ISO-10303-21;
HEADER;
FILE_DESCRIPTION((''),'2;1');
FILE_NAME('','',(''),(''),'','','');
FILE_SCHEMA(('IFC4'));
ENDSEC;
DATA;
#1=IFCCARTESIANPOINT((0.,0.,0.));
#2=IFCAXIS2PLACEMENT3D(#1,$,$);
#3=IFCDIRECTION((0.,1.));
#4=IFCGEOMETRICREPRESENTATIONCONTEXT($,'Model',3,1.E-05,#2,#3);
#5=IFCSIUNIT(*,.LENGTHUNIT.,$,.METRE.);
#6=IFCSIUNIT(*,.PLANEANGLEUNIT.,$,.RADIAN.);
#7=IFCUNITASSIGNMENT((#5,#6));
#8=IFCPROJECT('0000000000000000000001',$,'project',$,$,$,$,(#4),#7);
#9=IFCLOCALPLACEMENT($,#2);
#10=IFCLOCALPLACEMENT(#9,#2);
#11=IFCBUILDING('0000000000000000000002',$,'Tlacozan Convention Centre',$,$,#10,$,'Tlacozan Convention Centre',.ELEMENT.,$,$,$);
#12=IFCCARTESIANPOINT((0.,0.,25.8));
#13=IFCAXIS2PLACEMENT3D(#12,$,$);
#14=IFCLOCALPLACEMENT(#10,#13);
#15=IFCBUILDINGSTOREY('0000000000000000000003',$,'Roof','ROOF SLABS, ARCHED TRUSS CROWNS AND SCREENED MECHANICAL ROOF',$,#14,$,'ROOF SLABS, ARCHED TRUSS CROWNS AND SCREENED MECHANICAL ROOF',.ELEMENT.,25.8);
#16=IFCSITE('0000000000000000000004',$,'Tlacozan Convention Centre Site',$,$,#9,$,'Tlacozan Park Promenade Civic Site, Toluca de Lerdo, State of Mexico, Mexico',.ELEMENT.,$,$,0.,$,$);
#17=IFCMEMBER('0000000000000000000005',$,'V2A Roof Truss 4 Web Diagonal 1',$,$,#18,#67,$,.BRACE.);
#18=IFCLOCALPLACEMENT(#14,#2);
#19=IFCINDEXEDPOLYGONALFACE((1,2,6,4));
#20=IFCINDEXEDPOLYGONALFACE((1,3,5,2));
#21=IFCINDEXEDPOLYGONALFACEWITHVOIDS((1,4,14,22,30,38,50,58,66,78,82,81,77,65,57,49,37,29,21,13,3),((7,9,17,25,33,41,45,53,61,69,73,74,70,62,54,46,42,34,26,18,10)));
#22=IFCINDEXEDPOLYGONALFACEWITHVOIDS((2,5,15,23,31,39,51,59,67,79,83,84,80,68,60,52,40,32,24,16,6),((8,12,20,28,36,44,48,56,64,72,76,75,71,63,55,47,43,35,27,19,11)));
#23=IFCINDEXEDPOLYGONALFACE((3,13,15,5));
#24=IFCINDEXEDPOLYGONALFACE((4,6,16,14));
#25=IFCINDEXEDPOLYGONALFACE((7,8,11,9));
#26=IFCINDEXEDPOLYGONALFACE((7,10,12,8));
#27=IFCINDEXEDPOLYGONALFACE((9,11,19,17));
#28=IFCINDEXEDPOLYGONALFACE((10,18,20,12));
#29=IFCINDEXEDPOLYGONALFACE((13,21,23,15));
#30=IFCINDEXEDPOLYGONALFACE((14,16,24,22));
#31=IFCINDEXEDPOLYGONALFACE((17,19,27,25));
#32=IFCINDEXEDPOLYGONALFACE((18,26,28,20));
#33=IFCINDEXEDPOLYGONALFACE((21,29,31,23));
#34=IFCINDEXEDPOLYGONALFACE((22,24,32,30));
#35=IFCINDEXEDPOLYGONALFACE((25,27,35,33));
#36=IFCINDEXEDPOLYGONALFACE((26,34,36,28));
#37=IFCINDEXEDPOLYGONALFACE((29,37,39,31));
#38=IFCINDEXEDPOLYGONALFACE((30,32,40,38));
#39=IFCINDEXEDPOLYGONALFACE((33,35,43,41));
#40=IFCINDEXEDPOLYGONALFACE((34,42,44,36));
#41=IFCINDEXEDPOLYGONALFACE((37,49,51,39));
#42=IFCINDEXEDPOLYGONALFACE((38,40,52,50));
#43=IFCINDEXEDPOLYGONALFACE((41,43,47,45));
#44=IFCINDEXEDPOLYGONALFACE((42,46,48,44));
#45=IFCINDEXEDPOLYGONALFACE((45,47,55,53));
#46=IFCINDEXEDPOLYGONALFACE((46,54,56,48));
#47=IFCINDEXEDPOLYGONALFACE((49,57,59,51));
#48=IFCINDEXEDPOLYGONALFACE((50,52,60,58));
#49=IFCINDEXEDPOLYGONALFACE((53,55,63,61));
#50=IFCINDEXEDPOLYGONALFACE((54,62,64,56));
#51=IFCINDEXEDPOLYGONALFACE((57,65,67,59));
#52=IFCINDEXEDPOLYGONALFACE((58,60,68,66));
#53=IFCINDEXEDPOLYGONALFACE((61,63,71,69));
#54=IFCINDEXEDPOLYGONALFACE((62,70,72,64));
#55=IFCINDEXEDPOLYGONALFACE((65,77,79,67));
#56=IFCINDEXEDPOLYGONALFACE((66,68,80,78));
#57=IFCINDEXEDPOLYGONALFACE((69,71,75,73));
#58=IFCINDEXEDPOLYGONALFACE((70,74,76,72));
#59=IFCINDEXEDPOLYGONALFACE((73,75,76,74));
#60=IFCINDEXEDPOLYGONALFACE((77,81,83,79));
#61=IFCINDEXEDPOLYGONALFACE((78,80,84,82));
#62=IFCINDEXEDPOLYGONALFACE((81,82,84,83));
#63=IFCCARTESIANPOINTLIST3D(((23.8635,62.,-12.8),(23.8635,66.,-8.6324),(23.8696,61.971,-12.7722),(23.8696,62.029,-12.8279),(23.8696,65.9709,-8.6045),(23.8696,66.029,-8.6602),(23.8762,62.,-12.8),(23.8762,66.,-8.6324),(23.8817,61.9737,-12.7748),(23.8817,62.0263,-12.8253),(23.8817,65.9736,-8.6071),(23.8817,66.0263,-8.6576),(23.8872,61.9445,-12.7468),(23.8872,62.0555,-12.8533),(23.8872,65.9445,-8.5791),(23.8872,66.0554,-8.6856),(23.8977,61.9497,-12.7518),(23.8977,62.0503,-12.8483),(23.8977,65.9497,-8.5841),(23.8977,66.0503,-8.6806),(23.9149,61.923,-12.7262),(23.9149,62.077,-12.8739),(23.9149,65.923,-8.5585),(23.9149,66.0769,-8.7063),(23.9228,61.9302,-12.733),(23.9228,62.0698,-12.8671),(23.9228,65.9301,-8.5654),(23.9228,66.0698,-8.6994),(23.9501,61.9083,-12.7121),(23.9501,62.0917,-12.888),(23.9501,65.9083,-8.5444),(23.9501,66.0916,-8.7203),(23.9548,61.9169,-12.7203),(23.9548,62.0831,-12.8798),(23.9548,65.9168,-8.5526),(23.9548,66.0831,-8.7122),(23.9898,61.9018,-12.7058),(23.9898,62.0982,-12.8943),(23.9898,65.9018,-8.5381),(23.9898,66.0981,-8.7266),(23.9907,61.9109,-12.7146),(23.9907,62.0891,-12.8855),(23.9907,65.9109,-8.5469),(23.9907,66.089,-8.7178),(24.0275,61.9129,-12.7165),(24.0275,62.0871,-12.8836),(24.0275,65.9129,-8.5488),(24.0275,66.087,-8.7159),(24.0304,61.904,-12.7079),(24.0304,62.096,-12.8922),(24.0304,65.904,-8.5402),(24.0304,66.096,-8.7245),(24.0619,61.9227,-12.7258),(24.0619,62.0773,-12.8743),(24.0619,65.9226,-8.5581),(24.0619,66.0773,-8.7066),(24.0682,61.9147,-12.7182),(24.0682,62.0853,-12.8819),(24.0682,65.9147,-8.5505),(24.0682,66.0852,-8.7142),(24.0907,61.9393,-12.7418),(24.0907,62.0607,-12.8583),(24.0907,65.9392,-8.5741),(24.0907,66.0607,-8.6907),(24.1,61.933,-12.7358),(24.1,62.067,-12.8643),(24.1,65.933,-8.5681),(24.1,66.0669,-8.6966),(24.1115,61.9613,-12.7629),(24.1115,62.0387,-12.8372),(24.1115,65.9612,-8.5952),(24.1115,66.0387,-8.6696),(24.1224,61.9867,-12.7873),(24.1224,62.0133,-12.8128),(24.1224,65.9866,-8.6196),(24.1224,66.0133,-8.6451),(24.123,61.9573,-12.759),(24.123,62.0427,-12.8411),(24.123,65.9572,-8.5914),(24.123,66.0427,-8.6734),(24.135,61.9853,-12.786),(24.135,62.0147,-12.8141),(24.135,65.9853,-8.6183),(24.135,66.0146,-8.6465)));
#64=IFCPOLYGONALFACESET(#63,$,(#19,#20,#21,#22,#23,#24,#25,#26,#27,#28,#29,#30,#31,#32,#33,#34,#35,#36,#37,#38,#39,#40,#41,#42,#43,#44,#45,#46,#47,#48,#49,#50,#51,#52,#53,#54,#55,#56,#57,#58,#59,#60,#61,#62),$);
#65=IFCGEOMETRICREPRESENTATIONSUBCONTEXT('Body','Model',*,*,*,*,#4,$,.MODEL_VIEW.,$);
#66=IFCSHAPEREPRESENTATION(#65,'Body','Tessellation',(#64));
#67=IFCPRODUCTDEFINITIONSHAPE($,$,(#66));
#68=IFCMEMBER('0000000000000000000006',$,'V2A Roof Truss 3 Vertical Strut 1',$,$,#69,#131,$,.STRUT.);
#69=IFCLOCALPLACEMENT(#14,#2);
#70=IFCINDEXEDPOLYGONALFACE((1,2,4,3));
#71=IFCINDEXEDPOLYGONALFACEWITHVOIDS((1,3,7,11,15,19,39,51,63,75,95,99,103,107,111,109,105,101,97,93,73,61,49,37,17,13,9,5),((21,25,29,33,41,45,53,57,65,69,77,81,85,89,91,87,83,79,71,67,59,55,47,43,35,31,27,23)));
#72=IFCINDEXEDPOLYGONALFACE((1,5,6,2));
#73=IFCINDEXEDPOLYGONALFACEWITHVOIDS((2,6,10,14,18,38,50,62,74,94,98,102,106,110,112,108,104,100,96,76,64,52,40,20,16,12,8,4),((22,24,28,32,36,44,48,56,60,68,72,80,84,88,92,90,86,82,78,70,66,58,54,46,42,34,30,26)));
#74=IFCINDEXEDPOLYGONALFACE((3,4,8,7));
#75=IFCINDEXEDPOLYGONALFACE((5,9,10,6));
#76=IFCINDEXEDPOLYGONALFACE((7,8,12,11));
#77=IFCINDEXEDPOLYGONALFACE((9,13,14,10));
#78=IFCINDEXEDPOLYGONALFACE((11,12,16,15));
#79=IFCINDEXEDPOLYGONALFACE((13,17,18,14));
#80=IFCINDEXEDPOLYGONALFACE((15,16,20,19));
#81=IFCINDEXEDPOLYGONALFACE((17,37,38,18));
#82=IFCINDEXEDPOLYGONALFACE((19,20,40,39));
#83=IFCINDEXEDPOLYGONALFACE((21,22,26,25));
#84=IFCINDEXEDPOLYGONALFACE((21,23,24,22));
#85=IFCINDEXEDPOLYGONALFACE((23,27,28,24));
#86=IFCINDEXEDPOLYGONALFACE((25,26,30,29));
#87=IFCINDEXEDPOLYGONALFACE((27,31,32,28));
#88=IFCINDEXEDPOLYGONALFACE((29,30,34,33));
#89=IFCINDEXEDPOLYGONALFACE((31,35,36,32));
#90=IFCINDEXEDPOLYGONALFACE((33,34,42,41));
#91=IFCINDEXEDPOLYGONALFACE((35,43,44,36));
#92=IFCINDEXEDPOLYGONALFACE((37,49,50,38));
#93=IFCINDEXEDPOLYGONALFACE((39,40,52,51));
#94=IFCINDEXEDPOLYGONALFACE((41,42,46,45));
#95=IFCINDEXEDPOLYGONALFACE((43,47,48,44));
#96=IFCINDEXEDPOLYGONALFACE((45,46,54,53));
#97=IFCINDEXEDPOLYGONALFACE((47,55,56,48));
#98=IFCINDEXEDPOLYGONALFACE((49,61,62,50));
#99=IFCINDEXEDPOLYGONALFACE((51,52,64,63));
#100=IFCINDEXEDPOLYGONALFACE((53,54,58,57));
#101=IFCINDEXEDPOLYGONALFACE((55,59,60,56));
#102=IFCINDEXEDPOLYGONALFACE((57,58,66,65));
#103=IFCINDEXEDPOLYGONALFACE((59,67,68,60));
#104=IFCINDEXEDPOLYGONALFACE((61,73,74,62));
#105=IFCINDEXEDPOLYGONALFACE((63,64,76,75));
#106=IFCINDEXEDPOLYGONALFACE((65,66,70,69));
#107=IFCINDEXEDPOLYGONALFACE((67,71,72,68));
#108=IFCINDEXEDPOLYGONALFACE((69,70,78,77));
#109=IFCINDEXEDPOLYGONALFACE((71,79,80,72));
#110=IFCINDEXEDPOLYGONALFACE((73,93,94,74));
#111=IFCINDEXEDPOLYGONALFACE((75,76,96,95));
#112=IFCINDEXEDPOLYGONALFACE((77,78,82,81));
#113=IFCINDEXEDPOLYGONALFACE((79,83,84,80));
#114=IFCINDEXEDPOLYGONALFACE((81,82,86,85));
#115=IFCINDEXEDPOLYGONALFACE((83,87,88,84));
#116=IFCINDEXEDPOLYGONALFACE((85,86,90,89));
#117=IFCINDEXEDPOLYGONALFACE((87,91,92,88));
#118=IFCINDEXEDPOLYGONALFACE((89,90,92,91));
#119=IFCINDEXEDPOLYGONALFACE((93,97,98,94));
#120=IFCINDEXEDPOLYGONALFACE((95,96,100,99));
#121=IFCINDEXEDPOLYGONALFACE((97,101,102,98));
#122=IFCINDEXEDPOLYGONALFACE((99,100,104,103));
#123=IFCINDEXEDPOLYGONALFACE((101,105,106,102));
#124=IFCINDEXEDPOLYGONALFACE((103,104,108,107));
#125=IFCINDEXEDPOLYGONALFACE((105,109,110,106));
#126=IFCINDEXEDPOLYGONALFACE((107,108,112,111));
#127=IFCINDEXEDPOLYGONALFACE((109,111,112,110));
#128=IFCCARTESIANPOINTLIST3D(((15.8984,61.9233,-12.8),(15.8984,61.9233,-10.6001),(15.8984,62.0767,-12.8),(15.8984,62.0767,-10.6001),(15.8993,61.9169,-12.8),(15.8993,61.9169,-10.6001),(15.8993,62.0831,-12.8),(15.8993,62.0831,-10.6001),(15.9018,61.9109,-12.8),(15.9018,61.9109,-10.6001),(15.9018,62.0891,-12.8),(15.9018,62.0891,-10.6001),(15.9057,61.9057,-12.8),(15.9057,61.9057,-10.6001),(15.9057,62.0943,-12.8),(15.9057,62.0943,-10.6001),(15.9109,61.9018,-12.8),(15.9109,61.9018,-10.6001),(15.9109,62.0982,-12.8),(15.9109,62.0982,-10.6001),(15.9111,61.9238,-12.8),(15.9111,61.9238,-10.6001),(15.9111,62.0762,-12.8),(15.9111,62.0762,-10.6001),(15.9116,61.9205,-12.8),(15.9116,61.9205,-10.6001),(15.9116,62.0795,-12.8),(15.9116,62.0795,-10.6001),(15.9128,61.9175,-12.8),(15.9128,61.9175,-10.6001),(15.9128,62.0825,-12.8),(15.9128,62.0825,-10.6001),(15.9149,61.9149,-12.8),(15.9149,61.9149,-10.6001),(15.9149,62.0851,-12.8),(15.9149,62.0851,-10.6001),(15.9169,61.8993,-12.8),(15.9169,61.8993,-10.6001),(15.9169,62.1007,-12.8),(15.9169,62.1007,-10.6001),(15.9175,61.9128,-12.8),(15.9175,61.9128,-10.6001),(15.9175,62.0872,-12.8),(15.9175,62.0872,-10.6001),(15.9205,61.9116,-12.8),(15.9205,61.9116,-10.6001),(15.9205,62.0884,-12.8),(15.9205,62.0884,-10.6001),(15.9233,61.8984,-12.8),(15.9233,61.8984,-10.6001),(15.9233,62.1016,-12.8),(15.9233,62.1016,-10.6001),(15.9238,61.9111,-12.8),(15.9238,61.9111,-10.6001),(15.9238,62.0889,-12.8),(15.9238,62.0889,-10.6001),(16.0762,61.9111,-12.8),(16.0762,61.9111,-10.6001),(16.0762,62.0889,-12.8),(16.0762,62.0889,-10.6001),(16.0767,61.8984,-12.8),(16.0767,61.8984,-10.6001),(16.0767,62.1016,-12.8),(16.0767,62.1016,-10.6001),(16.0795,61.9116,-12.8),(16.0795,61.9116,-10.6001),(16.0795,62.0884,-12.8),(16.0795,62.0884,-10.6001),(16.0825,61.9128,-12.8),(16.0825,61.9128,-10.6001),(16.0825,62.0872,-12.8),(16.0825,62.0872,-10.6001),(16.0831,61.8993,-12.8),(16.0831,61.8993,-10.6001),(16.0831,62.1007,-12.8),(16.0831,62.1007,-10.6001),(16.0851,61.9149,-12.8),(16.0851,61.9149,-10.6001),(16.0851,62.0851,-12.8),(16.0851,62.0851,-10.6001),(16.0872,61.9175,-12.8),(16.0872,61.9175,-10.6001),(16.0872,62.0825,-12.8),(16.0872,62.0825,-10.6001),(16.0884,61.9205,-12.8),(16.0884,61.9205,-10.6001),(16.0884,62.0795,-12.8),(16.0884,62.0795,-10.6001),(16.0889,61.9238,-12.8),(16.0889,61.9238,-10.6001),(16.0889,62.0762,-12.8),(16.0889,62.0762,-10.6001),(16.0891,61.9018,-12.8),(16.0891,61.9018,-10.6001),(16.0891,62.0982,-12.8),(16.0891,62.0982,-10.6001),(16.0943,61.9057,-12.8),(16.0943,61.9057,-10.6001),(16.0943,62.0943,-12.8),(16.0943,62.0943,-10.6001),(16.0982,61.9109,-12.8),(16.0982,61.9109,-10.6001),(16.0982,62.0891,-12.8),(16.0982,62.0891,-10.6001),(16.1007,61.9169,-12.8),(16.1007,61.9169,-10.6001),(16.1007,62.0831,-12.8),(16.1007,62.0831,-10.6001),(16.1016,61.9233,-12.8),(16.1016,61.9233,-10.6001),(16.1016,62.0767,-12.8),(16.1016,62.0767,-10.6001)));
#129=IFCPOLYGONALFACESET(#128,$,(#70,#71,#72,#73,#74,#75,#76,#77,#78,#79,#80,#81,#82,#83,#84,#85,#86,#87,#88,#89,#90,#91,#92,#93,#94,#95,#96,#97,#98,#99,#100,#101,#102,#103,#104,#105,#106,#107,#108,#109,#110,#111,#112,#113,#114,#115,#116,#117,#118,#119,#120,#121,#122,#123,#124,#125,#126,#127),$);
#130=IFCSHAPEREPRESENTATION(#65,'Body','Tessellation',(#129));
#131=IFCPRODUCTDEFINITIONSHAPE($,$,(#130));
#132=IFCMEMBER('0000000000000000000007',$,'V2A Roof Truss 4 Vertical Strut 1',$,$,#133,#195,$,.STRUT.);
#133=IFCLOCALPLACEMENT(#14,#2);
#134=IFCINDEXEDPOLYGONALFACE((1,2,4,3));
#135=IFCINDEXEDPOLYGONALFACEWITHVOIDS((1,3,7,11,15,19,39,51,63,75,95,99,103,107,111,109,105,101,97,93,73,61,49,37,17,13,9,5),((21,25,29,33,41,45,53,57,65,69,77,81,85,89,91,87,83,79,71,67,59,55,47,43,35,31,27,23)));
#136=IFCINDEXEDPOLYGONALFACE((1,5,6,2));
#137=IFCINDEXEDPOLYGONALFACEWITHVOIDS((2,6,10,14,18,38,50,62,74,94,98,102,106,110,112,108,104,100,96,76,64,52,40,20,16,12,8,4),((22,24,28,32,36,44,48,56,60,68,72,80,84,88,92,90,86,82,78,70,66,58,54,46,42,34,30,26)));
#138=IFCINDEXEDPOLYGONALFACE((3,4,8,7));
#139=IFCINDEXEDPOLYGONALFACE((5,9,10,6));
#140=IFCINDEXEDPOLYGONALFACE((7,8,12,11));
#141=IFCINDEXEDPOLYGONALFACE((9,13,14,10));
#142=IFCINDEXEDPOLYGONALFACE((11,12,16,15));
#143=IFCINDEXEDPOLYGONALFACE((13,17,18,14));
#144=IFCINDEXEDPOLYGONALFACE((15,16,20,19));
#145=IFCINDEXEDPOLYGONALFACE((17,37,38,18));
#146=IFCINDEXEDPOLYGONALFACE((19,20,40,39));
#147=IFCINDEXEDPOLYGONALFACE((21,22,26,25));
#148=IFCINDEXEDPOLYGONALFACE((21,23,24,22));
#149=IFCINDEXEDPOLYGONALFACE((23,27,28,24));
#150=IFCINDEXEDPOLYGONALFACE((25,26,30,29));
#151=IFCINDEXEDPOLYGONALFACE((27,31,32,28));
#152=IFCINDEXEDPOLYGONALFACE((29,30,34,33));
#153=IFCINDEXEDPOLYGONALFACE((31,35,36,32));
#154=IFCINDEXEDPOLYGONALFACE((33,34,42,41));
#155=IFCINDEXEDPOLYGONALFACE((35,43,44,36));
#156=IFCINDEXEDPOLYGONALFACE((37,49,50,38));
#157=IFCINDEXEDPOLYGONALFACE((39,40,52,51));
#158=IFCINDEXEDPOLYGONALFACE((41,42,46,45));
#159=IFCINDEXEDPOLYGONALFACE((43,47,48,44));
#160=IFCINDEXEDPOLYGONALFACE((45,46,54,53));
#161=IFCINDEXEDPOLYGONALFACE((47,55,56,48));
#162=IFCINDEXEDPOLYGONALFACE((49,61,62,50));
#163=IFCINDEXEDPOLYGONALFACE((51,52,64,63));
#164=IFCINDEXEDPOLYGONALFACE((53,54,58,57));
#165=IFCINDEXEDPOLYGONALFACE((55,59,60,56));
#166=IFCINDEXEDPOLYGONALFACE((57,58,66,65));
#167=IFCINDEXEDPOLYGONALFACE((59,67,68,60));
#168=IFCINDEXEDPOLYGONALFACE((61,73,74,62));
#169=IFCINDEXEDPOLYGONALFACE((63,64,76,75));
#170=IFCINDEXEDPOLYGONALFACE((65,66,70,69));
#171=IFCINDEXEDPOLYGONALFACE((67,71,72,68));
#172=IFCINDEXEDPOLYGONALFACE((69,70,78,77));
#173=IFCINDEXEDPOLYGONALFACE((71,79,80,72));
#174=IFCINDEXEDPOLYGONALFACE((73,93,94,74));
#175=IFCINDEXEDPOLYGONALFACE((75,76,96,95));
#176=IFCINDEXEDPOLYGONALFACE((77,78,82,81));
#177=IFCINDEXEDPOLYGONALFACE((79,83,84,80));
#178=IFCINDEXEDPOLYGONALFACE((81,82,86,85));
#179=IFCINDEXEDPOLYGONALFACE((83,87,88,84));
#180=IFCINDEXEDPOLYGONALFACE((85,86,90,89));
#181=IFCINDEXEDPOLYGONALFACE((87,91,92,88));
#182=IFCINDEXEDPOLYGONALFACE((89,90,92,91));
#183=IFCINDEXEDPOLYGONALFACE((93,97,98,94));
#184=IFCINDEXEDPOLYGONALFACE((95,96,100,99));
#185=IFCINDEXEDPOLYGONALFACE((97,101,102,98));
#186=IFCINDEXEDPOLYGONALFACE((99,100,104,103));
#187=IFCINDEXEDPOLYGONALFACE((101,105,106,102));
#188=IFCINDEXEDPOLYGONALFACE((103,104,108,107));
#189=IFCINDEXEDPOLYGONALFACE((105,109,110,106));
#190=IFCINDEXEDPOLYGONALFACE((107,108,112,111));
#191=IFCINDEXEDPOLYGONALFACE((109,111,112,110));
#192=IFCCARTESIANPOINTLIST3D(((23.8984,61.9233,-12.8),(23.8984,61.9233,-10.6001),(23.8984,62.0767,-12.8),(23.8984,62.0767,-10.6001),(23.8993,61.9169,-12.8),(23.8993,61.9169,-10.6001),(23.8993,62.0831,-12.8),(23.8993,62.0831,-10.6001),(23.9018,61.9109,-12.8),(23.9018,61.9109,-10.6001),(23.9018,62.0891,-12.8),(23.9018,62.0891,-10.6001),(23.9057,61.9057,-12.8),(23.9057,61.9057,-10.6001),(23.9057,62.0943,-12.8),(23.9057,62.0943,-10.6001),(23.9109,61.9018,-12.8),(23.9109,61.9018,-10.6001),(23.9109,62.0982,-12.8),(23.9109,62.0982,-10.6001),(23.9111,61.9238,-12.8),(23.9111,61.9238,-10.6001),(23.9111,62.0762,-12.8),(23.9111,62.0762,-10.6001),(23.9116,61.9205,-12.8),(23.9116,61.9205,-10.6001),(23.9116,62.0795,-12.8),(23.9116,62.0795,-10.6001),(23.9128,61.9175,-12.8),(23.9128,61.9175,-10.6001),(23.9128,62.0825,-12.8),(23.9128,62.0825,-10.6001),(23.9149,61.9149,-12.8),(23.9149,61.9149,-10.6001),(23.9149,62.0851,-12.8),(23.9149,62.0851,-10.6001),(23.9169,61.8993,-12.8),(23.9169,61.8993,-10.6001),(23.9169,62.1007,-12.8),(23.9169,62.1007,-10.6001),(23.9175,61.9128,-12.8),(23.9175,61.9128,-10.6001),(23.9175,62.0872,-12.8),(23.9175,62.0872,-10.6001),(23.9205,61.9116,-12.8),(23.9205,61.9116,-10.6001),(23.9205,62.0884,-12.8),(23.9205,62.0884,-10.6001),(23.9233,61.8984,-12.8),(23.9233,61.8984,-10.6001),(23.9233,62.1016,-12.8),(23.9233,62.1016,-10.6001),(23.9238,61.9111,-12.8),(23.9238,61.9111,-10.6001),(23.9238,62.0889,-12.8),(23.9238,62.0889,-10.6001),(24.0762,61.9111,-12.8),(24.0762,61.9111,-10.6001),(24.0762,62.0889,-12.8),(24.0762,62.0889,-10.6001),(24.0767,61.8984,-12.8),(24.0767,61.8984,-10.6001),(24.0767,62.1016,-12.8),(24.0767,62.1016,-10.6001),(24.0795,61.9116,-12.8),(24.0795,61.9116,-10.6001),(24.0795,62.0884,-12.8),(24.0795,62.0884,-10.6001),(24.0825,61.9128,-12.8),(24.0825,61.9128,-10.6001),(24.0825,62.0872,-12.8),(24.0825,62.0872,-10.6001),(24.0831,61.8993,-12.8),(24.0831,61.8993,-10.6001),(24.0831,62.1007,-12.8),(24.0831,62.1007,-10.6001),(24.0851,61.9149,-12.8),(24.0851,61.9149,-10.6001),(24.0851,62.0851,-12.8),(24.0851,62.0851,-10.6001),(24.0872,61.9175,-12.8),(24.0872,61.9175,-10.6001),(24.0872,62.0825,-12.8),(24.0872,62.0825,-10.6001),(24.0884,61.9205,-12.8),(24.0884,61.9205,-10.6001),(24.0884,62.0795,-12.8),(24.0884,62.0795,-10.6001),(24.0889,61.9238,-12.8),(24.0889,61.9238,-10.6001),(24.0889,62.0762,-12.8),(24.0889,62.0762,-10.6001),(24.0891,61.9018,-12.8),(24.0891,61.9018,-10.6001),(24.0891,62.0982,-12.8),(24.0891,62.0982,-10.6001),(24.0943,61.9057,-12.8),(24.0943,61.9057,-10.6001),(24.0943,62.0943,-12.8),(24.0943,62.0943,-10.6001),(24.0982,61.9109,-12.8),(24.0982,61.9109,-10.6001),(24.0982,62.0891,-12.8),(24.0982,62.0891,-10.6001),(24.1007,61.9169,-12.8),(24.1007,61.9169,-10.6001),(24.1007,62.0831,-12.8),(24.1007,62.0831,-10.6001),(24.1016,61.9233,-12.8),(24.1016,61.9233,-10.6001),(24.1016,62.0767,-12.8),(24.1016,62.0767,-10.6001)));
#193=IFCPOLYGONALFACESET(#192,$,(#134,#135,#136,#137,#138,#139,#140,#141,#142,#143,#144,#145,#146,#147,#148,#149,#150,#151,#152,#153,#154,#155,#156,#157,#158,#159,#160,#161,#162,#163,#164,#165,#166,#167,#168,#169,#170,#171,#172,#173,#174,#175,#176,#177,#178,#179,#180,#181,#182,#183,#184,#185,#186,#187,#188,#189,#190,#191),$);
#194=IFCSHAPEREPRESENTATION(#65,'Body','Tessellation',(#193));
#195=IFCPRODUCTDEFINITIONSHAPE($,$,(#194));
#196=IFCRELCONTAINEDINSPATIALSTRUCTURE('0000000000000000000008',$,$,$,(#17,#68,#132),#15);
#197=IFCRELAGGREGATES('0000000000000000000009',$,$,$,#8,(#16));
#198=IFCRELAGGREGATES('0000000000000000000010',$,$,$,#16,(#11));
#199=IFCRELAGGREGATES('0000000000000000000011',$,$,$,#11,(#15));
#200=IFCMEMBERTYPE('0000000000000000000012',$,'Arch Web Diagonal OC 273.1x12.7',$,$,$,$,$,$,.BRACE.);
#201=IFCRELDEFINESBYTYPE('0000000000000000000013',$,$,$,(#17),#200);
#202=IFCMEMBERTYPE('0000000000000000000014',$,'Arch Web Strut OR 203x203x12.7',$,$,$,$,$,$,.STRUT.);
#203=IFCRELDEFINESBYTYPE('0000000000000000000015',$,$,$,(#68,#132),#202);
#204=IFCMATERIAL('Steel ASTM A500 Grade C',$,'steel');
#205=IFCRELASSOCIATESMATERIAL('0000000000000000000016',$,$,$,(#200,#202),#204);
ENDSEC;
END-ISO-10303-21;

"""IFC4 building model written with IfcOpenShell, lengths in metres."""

from ifc_helpers import new_model, si_unit, direction, frame, origin, origin_2d, place, context, subcontext, project, spatial, hollow_rectangle, hollow_circle, extrude, material, material_profile, profile_set, type_object, element, save


model = new_model("IFC4")

# Units and contexts
model_context = context("Model", 3, precision=1e-05, world=origin(), true_north=direction((0.0, 1.0)))
body_context = subcontext(model_context, "Body", "Model", "MODEL_VIEW")
ifc_project = project(units=[si_unit("LENGTHUNIT", "METRE"), si_unit("PLANEANGLEUNIT", "RADIAN")], contexts=[model_context])

# Site, building, storey
site_placement = place(None, origin())
site = spatial("IfcSite", under=ifc_project, at=site_placement, Name="Tlacozan Convention Centre Site", LongName="Tlacozan Park Promenade Civic Site, Toluca de Lerdo, State of Mexico, Mexico", CompositionType="ELEMENT", RefElevation=0.0)
building_placement = place(site_placement, origin())
building = spatial("IfcBuilding", under=site, at=building_placement, Name="Tlacozan Convention Centre", LongName="Tlacozan Convention Centre", CompositionType="ELEMENT")
storey_placement = place(building_placement, frame((0.0, 0.0, 25.8)))
storey = spatial("IfcBuildingStorey", under=building, at=storey_placement, Name="Roof", Description="ROOF SLABS, ARCHED TRUSS CROWNS AND SCREENED MECHANICAL ROOF", LongName="ROOF SLABS, ARCHED TRUSS CROWNS AND SCREENED MECHANICAL ROOF", CompositionType="ELEMENT", Elevation=25.8)

# Members
ifc_material_1 = material(Name="Steel ASTM A500 Grade C", Category="steel")
ifc_material_profile_1 = material_profile(ifc_material_1, hollow_circle(Radius=0.1365, WallThickness=0.0127, at=origin_2d()), Name="OC 273.1x12.7")
ifc_profile_set_1 = profile_set([ifc_material_profile_1], Name="Steel ASTM A500 Grade C")
member_type_1 = type_object("IfcMemberType", Name="Arch Web Diagonal OC 273.1x12.7", PredefinedType="BRACE", material=ifc_profile_set_1)
member_1_placement = place(storey_placement, frame((24.0, 62.0, -12.8), z_axis=(0.0, 0.69244, 0.721475), x_axis=(-1.0, 0.0, 0.0)))
element("IfcMember", 1, at=member_1_placement, inside=storey, type_object=member_type_1, Name="V2A Roof Truss 4 Web Diagonal 1", PredefinedType="BRACE", context=body_context, shape_type="SweptSolid", body=[
    extrude(hollow_circle(Radius=0.1365, WallThickness=0.0127, at=origin_2d()), origin(), (0.0, 0.0, 1.0), 5.7766),
])
ifc_material_profile_2 = material_profile(ifc_material_1, hollow_rectangle(XDim=0.2031, YDim=0.2031, WallThickness=0.0127, InnerFilletRadius=0.0127, OuterFilletRadius=0.0249, at=origin_2d()), Name="OR 203x203x12.7")
ifc_profile_set_2 = profile_set([ifc_material_profile_2], Name="Steel ASTM A500 Grade C")
member_type_2 = type_object("IfcMemberType", Name="Arch Web Strut OR 203x203x12.7", PredefinedType="STRUT", material=ifc_profile_set_2)
for number, where, z_axis, x_axis, name in (
    (2, (16.0, 62.0, -12.8), (0.0, 0.0, 1.0), (1.0, 0.0, 0.0), "V2A Roof Truss 3 Vertical Strut 1"),
    (3, (24.0, 62.0, -12.8), (0.0, 0.0, 1.0), (1.0, 0.0, 0.0), "V2A Roof Truss 4 Vertical Strut 1"),
):
    element("IfcMember", number, at=place(storey_placement, frame(where, z_axis=z_axis, x_axis=x_axis)), inside=storey, type_object=member_type_2, Name=name, PredefinedType="STRUT", context=body_context, shape_type="SweptSolid", body=[
        extrude(hollow_rectangle(XDim=0.2031, YDim=0.2031, WallThickness=0.0127, InnerFilletRadius=0.0127, OuterFilletRadius=0.0249, at=origin_2d()), origin(), (0.0, 0.0, 1.0), 2.2),
    ])

save(model, "model.ifc")
